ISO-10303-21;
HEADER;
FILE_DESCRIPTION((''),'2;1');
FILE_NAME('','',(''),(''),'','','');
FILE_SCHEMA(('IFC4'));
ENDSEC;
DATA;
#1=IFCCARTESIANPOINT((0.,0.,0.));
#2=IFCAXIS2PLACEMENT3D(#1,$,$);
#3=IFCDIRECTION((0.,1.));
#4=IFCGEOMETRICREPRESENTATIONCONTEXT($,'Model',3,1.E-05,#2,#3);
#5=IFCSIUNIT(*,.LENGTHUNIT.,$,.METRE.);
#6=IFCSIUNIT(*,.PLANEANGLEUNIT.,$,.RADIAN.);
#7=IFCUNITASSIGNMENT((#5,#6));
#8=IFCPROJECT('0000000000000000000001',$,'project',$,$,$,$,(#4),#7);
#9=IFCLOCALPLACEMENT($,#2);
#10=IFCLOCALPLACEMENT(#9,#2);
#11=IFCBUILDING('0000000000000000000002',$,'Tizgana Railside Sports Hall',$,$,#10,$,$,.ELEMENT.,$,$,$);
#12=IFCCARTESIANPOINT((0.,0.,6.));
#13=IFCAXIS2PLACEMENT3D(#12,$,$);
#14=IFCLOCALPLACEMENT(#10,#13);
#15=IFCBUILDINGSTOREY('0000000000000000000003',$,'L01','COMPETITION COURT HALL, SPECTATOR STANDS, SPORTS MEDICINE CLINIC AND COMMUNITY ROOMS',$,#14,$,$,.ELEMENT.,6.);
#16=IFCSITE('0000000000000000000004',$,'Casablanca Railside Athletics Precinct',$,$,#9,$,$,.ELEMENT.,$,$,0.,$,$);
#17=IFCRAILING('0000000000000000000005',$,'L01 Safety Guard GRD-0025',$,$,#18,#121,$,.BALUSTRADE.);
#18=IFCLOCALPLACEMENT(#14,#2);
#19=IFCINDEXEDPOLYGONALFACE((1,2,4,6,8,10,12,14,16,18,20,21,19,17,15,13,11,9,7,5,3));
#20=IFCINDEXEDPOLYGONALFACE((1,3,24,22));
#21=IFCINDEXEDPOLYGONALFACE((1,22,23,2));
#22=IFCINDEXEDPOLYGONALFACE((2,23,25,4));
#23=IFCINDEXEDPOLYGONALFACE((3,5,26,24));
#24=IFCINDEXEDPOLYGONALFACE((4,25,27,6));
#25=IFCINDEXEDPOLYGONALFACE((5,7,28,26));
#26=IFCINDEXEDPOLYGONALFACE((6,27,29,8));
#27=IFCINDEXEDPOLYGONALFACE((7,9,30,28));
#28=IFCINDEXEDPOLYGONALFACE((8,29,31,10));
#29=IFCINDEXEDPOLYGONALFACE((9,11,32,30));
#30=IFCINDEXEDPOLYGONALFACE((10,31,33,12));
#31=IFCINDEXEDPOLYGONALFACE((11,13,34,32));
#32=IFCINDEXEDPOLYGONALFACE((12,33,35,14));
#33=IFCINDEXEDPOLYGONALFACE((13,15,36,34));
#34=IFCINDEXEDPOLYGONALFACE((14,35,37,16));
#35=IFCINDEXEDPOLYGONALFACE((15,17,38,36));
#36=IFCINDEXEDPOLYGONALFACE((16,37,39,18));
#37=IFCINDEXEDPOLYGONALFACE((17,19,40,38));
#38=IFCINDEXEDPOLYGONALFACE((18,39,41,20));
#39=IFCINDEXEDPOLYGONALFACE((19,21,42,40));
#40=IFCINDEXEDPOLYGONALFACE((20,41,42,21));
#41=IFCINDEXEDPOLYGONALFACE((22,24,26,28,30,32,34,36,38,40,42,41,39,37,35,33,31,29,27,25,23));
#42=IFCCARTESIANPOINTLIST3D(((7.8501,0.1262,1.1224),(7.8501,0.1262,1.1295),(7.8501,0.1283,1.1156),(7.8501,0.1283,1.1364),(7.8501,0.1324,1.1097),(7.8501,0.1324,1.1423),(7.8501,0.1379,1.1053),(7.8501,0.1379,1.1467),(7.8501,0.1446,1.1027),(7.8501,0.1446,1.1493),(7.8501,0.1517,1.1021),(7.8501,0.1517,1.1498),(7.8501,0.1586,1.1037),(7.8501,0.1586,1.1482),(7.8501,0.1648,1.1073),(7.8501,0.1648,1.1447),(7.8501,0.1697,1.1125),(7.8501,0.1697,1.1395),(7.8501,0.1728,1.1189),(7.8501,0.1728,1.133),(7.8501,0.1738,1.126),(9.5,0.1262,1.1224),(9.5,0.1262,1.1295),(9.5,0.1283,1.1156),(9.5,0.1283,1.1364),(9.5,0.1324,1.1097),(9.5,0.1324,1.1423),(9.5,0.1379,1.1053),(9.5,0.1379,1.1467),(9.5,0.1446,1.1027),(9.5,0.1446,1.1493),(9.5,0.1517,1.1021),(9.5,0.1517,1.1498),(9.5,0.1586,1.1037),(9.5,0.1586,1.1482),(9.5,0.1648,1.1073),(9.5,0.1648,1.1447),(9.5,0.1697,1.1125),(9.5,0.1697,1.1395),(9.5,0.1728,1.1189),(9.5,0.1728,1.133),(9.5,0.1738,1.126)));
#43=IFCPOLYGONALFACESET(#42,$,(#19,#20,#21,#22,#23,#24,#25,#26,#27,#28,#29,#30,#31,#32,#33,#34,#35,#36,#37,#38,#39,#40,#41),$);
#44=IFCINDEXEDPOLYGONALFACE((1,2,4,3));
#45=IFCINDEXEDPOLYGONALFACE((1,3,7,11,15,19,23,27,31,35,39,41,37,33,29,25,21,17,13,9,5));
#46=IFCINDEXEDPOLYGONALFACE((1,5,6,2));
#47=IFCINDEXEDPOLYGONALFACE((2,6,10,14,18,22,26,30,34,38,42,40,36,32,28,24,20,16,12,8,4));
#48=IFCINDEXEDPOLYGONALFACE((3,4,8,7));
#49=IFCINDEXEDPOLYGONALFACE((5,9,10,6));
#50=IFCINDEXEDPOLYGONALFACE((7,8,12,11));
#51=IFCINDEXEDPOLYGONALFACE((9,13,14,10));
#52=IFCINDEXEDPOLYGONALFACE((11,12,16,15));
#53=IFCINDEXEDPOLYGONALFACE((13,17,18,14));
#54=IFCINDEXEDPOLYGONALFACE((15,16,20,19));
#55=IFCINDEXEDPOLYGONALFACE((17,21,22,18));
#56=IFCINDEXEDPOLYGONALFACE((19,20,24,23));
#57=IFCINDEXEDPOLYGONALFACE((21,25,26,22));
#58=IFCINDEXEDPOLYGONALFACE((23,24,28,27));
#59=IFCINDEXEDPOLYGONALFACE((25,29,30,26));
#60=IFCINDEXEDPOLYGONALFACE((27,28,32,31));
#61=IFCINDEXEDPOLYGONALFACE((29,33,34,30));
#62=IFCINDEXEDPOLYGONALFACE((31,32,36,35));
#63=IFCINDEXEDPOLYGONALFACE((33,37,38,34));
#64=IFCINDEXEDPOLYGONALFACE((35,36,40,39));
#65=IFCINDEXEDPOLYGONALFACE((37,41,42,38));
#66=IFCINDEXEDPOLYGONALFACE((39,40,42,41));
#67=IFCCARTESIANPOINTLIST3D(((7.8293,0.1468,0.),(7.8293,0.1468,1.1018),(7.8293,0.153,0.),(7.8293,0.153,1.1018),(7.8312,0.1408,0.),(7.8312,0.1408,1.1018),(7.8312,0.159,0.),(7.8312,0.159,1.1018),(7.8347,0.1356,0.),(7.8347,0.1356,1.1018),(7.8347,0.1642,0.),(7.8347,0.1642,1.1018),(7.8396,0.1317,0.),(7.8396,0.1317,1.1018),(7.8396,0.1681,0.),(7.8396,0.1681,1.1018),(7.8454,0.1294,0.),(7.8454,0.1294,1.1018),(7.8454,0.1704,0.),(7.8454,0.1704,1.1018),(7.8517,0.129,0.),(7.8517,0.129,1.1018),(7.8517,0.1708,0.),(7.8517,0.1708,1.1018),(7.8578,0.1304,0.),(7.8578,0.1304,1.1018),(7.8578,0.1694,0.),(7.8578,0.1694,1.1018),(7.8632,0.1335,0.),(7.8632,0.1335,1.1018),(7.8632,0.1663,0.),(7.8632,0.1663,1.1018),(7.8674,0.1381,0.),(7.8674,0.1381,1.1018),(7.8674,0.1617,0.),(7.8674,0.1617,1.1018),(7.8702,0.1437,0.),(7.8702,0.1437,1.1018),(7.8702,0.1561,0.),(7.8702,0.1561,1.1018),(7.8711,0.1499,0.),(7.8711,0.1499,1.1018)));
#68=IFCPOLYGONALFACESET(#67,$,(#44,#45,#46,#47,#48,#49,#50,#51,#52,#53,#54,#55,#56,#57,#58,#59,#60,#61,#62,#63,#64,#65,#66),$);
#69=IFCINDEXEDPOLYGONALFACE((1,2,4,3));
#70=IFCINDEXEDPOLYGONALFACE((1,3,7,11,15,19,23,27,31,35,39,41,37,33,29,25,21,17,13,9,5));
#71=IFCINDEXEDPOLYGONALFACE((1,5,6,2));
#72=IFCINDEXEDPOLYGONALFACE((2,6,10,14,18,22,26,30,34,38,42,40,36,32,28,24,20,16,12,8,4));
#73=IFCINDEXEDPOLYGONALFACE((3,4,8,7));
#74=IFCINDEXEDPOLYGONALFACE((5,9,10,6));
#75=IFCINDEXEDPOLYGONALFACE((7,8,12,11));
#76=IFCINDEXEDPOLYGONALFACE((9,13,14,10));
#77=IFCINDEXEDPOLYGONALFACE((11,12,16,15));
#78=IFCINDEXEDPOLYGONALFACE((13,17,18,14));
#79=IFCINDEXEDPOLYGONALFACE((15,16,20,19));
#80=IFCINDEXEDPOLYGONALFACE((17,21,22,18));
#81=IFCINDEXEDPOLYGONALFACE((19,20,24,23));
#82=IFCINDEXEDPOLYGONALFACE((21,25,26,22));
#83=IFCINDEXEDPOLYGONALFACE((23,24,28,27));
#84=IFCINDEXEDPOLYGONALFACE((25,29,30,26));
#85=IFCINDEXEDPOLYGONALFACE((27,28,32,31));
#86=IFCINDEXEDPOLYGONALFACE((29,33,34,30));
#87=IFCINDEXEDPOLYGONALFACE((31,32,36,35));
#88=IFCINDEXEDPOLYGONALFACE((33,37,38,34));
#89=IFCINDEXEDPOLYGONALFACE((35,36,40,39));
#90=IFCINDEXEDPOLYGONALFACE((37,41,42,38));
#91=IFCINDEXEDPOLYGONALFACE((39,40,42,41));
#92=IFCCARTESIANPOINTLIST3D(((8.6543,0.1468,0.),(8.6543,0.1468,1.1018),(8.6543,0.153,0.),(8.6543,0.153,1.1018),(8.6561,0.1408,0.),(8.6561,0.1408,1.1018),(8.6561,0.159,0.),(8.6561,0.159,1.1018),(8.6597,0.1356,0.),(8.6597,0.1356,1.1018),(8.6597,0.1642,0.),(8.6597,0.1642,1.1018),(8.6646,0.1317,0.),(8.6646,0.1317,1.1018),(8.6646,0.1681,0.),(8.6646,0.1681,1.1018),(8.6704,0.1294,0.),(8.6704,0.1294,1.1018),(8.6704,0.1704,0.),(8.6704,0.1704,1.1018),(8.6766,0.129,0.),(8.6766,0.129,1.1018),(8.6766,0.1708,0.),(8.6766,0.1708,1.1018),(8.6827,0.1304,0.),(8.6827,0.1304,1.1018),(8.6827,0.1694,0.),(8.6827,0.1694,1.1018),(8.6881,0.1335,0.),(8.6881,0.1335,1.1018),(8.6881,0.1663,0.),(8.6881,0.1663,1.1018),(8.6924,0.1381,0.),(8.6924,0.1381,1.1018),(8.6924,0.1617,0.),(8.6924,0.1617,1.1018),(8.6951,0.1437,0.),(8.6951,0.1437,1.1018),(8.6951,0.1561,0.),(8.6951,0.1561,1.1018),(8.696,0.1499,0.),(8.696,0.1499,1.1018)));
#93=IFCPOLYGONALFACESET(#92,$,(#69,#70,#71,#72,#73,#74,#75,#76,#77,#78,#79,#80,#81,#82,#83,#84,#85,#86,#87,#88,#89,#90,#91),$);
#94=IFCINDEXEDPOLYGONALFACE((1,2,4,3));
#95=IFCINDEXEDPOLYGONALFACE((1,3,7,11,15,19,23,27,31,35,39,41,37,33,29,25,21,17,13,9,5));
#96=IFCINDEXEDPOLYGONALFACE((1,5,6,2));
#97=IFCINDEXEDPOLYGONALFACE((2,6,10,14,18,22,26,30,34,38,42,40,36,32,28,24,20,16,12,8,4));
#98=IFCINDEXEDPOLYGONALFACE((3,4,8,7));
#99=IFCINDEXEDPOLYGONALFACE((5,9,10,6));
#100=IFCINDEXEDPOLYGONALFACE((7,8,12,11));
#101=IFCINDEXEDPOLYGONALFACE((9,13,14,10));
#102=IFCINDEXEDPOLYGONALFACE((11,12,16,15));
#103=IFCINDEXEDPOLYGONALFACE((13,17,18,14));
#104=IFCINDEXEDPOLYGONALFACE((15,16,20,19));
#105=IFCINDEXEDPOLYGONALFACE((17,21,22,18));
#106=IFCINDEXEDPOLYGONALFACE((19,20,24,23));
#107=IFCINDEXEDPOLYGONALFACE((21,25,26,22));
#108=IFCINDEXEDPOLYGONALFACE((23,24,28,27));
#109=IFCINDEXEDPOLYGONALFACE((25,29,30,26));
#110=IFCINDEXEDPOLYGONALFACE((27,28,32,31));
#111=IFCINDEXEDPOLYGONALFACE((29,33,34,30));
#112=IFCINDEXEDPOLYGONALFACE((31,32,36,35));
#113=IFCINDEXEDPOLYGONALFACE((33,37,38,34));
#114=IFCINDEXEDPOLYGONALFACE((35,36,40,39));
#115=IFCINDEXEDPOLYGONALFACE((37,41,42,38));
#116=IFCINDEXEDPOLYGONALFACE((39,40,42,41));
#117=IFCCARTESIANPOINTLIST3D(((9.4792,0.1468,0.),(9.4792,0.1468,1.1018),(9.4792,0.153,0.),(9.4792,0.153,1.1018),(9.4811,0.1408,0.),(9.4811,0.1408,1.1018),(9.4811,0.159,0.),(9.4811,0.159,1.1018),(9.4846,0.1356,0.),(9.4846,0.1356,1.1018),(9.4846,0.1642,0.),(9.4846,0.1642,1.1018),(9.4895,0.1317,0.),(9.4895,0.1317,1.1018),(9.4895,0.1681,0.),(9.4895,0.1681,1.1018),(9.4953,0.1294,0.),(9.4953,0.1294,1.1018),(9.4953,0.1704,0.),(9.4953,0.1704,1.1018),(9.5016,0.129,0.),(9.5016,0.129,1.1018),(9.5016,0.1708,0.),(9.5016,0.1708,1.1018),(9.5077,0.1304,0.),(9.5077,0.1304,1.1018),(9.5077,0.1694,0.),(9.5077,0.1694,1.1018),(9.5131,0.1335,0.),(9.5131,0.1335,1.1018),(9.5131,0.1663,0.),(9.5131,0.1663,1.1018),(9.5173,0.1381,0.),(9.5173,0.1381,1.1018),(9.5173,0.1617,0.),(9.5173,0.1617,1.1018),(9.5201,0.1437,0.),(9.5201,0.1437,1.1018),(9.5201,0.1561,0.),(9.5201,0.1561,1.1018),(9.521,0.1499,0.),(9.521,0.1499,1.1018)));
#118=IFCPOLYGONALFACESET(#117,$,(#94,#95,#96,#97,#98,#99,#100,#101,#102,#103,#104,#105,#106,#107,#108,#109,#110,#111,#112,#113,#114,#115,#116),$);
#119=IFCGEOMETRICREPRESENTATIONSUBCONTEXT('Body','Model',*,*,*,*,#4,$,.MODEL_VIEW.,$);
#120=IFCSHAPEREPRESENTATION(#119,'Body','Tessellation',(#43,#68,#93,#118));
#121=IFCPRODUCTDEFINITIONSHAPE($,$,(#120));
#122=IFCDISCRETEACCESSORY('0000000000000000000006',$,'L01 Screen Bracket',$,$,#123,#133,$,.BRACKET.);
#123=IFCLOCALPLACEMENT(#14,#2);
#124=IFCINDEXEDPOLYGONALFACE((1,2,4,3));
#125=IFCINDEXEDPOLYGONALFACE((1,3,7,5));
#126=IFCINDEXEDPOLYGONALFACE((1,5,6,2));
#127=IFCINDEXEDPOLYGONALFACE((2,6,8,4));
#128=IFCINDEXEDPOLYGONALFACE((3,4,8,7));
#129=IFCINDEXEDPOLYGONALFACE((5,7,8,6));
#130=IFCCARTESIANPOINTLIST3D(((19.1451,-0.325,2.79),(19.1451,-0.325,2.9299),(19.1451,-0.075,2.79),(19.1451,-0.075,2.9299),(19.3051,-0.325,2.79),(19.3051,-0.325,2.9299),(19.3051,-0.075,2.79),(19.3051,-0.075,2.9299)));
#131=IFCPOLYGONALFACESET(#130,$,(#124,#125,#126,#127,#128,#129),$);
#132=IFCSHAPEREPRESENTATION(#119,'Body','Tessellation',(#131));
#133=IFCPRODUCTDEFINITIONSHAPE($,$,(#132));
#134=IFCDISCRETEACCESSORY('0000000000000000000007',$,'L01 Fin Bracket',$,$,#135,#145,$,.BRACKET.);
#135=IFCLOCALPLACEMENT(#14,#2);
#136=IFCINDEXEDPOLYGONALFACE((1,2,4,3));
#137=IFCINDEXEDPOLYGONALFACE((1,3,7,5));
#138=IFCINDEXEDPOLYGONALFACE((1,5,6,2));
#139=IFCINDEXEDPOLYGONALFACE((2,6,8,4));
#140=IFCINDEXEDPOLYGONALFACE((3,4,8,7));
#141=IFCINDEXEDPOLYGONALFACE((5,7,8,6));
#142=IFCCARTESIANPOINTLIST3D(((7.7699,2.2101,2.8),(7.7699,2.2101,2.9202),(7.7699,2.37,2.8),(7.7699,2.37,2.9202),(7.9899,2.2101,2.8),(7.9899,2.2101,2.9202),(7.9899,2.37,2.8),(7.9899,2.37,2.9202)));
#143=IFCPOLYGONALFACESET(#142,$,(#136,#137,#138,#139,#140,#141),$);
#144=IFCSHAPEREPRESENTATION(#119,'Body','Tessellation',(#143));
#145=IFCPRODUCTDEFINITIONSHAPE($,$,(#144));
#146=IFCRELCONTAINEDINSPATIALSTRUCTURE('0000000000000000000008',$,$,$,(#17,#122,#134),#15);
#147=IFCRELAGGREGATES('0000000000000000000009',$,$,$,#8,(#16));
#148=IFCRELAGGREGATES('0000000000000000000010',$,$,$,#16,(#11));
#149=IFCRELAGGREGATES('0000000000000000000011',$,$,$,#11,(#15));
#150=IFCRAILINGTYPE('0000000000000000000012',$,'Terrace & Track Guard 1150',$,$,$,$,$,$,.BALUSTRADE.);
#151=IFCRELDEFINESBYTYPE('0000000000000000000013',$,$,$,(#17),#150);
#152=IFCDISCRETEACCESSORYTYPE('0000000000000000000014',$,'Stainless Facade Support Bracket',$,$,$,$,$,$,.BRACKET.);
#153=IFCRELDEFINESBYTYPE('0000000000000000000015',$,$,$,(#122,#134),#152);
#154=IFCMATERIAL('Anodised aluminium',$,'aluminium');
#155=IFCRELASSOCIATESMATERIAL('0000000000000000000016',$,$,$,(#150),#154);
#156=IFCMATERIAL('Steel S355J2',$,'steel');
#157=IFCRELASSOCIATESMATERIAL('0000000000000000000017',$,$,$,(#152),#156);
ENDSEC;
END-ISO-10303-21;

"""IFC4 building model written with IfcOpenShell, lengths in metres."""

from ifc_helpers import new_model, si_unit, direction, frame, origin, origin_2d, place, context, subcontext, project, spatial, rectangle, circle, extrude, material, type_object, element, save


model = new_model("IFC4")

# Units and contexts
model_context = context("Model", 3, precision=1e-05, world=origin(), true_north=direction((0.0, 1.0)))
body_context = subcontext(model_context, "Body", "Model", "MODEL_VIEW")
ifc_project = project(units=[si_unit("LENGTHUNIT", "METRE"), si_unit("PLANEANGLEUNIT", "RADIAN")], contexts=[model_context])

# Site, building, storey
site_placement = place(None, origin())
site = spatial("IfcSite", under=ifc_project, at=site_placement, Name="Casablanca Railside Athletics Precinct", CompositionType="ELEMENT", RefElevation=0.0)
building_placement = place(site_placement, origin())
building = spatial("IfcBuilding", under=site, at=building_placement, Name="Tizgana Railside Sports Hall", CompositionType="ELEMENT")
storey_placement = place(building_placement, frame((0.0, 0.0, 6.0)))
storey = spatial("IfcBuildingStorey", under=building, at=storey_placement, Name="L01", Description="COMPETITION COURT HALL, SPECTATOR STANDS, SPORTS MEDICINE CLINIC AND COMMUNITY ROOMS", CompositionType="ELEMENT", Elevation=6.0)

# Shared definitions
ifc_material_1 = material(Name="Steel S355J2", Category="steel")

# Railing
ifc_material_2 = material(Name="Anodised aluminium", Category="aluminium")
railing_type_1 = type_object("IfcRailingType", Name="Terrace & Track Guard 1150", PredefinedType="BALUSTRADE", material=ifc_material_2)
railing_1_placement = place(storey_placement, frame((7.8501, 0.1499, 0.0)))
element("IfcRailing", 1, at=railing_1_placement, inside=storey, type_object=railing_type_1, Name="L01 Safety Guard GRD-0025", PredefinedType="BALUSTRADE", context=body_context, shape_type="SweptSolid", body=[
    extrude(circle(Radius=0.0239, at=origin_2d()), frame((0.0, 0.0, 1.126), z_axis=(1.0, 0.0, 0.0), x_axis=(0.0, 1.0, 0.0)), (0.0, 0.0, 1.0), 1.6499),
    extrude(circle(Radius=0.021, at=origin_2d()), origin(), (0.0, 0.0, 1.0), 1.1018),
    extrude(circle(Radius=0.021, at=origin_2d()), frame((0.825, 0.0, 0.0)), (0.0, 0.0, 1.0), 1.1018),
    extrude(circle(Radius=0.021, at=origin_2d()), frame((1.6499, 0.0, 0.0)), (0.0, 0.0, 1.0), 1.1018),
])

# Discrete accessories
discrete_accessory_type = type_object("IfcDiscreteAccessoryType", Name="Stainless Facade Support Bracket", PredefinedType="BRACKET", material=ifc_material_1)
discrete_accessory_1_placement = place(storey_placement, frame((19.2251, -0.2, 2.79), z_axis=(0.0, 0.0, 1.0), x_axis=(-1.0, 0.0, 0.0)))
element("IfcDiscreteAccessory", 2, at=discrete_accessory_1_placement, inside=storey, type_object=discrete_accessory_type, Name="L01 Screen Bracket", PredefinedType="BRACKET", context=body_context, shape_type="SweptSolid", body=[
    extrude(rectangle(XDim=0.1599, YDim=0.25, at=origin_2d()), origin(), (0.0, 0.0, 1.0), 0.1399),
])
discrete_accessory_2_placement = place(storey_placement, frame((7.8799, 2.29, 2.8), z_axis=(0.0, 0.0, 1.0), x_axis=(0.0, -1.0, 0.0)))
element("IfcDiscreteAccessory", 3, at=discrete_accessory_2_placement, inside=storey, type_object=discrete_accessory_type, Name="L01 Fin Bracket", PredefinedType="BRACKET", context=body_context, shape_type="SweptSolid", body=[
    extrude(rectangle(XDim=0.1599, YDim=0.22, at=origin_2d()), origin(), (0.0, 0.0, 1.0), 0.1201),
])

save(model, "model.ifc")
